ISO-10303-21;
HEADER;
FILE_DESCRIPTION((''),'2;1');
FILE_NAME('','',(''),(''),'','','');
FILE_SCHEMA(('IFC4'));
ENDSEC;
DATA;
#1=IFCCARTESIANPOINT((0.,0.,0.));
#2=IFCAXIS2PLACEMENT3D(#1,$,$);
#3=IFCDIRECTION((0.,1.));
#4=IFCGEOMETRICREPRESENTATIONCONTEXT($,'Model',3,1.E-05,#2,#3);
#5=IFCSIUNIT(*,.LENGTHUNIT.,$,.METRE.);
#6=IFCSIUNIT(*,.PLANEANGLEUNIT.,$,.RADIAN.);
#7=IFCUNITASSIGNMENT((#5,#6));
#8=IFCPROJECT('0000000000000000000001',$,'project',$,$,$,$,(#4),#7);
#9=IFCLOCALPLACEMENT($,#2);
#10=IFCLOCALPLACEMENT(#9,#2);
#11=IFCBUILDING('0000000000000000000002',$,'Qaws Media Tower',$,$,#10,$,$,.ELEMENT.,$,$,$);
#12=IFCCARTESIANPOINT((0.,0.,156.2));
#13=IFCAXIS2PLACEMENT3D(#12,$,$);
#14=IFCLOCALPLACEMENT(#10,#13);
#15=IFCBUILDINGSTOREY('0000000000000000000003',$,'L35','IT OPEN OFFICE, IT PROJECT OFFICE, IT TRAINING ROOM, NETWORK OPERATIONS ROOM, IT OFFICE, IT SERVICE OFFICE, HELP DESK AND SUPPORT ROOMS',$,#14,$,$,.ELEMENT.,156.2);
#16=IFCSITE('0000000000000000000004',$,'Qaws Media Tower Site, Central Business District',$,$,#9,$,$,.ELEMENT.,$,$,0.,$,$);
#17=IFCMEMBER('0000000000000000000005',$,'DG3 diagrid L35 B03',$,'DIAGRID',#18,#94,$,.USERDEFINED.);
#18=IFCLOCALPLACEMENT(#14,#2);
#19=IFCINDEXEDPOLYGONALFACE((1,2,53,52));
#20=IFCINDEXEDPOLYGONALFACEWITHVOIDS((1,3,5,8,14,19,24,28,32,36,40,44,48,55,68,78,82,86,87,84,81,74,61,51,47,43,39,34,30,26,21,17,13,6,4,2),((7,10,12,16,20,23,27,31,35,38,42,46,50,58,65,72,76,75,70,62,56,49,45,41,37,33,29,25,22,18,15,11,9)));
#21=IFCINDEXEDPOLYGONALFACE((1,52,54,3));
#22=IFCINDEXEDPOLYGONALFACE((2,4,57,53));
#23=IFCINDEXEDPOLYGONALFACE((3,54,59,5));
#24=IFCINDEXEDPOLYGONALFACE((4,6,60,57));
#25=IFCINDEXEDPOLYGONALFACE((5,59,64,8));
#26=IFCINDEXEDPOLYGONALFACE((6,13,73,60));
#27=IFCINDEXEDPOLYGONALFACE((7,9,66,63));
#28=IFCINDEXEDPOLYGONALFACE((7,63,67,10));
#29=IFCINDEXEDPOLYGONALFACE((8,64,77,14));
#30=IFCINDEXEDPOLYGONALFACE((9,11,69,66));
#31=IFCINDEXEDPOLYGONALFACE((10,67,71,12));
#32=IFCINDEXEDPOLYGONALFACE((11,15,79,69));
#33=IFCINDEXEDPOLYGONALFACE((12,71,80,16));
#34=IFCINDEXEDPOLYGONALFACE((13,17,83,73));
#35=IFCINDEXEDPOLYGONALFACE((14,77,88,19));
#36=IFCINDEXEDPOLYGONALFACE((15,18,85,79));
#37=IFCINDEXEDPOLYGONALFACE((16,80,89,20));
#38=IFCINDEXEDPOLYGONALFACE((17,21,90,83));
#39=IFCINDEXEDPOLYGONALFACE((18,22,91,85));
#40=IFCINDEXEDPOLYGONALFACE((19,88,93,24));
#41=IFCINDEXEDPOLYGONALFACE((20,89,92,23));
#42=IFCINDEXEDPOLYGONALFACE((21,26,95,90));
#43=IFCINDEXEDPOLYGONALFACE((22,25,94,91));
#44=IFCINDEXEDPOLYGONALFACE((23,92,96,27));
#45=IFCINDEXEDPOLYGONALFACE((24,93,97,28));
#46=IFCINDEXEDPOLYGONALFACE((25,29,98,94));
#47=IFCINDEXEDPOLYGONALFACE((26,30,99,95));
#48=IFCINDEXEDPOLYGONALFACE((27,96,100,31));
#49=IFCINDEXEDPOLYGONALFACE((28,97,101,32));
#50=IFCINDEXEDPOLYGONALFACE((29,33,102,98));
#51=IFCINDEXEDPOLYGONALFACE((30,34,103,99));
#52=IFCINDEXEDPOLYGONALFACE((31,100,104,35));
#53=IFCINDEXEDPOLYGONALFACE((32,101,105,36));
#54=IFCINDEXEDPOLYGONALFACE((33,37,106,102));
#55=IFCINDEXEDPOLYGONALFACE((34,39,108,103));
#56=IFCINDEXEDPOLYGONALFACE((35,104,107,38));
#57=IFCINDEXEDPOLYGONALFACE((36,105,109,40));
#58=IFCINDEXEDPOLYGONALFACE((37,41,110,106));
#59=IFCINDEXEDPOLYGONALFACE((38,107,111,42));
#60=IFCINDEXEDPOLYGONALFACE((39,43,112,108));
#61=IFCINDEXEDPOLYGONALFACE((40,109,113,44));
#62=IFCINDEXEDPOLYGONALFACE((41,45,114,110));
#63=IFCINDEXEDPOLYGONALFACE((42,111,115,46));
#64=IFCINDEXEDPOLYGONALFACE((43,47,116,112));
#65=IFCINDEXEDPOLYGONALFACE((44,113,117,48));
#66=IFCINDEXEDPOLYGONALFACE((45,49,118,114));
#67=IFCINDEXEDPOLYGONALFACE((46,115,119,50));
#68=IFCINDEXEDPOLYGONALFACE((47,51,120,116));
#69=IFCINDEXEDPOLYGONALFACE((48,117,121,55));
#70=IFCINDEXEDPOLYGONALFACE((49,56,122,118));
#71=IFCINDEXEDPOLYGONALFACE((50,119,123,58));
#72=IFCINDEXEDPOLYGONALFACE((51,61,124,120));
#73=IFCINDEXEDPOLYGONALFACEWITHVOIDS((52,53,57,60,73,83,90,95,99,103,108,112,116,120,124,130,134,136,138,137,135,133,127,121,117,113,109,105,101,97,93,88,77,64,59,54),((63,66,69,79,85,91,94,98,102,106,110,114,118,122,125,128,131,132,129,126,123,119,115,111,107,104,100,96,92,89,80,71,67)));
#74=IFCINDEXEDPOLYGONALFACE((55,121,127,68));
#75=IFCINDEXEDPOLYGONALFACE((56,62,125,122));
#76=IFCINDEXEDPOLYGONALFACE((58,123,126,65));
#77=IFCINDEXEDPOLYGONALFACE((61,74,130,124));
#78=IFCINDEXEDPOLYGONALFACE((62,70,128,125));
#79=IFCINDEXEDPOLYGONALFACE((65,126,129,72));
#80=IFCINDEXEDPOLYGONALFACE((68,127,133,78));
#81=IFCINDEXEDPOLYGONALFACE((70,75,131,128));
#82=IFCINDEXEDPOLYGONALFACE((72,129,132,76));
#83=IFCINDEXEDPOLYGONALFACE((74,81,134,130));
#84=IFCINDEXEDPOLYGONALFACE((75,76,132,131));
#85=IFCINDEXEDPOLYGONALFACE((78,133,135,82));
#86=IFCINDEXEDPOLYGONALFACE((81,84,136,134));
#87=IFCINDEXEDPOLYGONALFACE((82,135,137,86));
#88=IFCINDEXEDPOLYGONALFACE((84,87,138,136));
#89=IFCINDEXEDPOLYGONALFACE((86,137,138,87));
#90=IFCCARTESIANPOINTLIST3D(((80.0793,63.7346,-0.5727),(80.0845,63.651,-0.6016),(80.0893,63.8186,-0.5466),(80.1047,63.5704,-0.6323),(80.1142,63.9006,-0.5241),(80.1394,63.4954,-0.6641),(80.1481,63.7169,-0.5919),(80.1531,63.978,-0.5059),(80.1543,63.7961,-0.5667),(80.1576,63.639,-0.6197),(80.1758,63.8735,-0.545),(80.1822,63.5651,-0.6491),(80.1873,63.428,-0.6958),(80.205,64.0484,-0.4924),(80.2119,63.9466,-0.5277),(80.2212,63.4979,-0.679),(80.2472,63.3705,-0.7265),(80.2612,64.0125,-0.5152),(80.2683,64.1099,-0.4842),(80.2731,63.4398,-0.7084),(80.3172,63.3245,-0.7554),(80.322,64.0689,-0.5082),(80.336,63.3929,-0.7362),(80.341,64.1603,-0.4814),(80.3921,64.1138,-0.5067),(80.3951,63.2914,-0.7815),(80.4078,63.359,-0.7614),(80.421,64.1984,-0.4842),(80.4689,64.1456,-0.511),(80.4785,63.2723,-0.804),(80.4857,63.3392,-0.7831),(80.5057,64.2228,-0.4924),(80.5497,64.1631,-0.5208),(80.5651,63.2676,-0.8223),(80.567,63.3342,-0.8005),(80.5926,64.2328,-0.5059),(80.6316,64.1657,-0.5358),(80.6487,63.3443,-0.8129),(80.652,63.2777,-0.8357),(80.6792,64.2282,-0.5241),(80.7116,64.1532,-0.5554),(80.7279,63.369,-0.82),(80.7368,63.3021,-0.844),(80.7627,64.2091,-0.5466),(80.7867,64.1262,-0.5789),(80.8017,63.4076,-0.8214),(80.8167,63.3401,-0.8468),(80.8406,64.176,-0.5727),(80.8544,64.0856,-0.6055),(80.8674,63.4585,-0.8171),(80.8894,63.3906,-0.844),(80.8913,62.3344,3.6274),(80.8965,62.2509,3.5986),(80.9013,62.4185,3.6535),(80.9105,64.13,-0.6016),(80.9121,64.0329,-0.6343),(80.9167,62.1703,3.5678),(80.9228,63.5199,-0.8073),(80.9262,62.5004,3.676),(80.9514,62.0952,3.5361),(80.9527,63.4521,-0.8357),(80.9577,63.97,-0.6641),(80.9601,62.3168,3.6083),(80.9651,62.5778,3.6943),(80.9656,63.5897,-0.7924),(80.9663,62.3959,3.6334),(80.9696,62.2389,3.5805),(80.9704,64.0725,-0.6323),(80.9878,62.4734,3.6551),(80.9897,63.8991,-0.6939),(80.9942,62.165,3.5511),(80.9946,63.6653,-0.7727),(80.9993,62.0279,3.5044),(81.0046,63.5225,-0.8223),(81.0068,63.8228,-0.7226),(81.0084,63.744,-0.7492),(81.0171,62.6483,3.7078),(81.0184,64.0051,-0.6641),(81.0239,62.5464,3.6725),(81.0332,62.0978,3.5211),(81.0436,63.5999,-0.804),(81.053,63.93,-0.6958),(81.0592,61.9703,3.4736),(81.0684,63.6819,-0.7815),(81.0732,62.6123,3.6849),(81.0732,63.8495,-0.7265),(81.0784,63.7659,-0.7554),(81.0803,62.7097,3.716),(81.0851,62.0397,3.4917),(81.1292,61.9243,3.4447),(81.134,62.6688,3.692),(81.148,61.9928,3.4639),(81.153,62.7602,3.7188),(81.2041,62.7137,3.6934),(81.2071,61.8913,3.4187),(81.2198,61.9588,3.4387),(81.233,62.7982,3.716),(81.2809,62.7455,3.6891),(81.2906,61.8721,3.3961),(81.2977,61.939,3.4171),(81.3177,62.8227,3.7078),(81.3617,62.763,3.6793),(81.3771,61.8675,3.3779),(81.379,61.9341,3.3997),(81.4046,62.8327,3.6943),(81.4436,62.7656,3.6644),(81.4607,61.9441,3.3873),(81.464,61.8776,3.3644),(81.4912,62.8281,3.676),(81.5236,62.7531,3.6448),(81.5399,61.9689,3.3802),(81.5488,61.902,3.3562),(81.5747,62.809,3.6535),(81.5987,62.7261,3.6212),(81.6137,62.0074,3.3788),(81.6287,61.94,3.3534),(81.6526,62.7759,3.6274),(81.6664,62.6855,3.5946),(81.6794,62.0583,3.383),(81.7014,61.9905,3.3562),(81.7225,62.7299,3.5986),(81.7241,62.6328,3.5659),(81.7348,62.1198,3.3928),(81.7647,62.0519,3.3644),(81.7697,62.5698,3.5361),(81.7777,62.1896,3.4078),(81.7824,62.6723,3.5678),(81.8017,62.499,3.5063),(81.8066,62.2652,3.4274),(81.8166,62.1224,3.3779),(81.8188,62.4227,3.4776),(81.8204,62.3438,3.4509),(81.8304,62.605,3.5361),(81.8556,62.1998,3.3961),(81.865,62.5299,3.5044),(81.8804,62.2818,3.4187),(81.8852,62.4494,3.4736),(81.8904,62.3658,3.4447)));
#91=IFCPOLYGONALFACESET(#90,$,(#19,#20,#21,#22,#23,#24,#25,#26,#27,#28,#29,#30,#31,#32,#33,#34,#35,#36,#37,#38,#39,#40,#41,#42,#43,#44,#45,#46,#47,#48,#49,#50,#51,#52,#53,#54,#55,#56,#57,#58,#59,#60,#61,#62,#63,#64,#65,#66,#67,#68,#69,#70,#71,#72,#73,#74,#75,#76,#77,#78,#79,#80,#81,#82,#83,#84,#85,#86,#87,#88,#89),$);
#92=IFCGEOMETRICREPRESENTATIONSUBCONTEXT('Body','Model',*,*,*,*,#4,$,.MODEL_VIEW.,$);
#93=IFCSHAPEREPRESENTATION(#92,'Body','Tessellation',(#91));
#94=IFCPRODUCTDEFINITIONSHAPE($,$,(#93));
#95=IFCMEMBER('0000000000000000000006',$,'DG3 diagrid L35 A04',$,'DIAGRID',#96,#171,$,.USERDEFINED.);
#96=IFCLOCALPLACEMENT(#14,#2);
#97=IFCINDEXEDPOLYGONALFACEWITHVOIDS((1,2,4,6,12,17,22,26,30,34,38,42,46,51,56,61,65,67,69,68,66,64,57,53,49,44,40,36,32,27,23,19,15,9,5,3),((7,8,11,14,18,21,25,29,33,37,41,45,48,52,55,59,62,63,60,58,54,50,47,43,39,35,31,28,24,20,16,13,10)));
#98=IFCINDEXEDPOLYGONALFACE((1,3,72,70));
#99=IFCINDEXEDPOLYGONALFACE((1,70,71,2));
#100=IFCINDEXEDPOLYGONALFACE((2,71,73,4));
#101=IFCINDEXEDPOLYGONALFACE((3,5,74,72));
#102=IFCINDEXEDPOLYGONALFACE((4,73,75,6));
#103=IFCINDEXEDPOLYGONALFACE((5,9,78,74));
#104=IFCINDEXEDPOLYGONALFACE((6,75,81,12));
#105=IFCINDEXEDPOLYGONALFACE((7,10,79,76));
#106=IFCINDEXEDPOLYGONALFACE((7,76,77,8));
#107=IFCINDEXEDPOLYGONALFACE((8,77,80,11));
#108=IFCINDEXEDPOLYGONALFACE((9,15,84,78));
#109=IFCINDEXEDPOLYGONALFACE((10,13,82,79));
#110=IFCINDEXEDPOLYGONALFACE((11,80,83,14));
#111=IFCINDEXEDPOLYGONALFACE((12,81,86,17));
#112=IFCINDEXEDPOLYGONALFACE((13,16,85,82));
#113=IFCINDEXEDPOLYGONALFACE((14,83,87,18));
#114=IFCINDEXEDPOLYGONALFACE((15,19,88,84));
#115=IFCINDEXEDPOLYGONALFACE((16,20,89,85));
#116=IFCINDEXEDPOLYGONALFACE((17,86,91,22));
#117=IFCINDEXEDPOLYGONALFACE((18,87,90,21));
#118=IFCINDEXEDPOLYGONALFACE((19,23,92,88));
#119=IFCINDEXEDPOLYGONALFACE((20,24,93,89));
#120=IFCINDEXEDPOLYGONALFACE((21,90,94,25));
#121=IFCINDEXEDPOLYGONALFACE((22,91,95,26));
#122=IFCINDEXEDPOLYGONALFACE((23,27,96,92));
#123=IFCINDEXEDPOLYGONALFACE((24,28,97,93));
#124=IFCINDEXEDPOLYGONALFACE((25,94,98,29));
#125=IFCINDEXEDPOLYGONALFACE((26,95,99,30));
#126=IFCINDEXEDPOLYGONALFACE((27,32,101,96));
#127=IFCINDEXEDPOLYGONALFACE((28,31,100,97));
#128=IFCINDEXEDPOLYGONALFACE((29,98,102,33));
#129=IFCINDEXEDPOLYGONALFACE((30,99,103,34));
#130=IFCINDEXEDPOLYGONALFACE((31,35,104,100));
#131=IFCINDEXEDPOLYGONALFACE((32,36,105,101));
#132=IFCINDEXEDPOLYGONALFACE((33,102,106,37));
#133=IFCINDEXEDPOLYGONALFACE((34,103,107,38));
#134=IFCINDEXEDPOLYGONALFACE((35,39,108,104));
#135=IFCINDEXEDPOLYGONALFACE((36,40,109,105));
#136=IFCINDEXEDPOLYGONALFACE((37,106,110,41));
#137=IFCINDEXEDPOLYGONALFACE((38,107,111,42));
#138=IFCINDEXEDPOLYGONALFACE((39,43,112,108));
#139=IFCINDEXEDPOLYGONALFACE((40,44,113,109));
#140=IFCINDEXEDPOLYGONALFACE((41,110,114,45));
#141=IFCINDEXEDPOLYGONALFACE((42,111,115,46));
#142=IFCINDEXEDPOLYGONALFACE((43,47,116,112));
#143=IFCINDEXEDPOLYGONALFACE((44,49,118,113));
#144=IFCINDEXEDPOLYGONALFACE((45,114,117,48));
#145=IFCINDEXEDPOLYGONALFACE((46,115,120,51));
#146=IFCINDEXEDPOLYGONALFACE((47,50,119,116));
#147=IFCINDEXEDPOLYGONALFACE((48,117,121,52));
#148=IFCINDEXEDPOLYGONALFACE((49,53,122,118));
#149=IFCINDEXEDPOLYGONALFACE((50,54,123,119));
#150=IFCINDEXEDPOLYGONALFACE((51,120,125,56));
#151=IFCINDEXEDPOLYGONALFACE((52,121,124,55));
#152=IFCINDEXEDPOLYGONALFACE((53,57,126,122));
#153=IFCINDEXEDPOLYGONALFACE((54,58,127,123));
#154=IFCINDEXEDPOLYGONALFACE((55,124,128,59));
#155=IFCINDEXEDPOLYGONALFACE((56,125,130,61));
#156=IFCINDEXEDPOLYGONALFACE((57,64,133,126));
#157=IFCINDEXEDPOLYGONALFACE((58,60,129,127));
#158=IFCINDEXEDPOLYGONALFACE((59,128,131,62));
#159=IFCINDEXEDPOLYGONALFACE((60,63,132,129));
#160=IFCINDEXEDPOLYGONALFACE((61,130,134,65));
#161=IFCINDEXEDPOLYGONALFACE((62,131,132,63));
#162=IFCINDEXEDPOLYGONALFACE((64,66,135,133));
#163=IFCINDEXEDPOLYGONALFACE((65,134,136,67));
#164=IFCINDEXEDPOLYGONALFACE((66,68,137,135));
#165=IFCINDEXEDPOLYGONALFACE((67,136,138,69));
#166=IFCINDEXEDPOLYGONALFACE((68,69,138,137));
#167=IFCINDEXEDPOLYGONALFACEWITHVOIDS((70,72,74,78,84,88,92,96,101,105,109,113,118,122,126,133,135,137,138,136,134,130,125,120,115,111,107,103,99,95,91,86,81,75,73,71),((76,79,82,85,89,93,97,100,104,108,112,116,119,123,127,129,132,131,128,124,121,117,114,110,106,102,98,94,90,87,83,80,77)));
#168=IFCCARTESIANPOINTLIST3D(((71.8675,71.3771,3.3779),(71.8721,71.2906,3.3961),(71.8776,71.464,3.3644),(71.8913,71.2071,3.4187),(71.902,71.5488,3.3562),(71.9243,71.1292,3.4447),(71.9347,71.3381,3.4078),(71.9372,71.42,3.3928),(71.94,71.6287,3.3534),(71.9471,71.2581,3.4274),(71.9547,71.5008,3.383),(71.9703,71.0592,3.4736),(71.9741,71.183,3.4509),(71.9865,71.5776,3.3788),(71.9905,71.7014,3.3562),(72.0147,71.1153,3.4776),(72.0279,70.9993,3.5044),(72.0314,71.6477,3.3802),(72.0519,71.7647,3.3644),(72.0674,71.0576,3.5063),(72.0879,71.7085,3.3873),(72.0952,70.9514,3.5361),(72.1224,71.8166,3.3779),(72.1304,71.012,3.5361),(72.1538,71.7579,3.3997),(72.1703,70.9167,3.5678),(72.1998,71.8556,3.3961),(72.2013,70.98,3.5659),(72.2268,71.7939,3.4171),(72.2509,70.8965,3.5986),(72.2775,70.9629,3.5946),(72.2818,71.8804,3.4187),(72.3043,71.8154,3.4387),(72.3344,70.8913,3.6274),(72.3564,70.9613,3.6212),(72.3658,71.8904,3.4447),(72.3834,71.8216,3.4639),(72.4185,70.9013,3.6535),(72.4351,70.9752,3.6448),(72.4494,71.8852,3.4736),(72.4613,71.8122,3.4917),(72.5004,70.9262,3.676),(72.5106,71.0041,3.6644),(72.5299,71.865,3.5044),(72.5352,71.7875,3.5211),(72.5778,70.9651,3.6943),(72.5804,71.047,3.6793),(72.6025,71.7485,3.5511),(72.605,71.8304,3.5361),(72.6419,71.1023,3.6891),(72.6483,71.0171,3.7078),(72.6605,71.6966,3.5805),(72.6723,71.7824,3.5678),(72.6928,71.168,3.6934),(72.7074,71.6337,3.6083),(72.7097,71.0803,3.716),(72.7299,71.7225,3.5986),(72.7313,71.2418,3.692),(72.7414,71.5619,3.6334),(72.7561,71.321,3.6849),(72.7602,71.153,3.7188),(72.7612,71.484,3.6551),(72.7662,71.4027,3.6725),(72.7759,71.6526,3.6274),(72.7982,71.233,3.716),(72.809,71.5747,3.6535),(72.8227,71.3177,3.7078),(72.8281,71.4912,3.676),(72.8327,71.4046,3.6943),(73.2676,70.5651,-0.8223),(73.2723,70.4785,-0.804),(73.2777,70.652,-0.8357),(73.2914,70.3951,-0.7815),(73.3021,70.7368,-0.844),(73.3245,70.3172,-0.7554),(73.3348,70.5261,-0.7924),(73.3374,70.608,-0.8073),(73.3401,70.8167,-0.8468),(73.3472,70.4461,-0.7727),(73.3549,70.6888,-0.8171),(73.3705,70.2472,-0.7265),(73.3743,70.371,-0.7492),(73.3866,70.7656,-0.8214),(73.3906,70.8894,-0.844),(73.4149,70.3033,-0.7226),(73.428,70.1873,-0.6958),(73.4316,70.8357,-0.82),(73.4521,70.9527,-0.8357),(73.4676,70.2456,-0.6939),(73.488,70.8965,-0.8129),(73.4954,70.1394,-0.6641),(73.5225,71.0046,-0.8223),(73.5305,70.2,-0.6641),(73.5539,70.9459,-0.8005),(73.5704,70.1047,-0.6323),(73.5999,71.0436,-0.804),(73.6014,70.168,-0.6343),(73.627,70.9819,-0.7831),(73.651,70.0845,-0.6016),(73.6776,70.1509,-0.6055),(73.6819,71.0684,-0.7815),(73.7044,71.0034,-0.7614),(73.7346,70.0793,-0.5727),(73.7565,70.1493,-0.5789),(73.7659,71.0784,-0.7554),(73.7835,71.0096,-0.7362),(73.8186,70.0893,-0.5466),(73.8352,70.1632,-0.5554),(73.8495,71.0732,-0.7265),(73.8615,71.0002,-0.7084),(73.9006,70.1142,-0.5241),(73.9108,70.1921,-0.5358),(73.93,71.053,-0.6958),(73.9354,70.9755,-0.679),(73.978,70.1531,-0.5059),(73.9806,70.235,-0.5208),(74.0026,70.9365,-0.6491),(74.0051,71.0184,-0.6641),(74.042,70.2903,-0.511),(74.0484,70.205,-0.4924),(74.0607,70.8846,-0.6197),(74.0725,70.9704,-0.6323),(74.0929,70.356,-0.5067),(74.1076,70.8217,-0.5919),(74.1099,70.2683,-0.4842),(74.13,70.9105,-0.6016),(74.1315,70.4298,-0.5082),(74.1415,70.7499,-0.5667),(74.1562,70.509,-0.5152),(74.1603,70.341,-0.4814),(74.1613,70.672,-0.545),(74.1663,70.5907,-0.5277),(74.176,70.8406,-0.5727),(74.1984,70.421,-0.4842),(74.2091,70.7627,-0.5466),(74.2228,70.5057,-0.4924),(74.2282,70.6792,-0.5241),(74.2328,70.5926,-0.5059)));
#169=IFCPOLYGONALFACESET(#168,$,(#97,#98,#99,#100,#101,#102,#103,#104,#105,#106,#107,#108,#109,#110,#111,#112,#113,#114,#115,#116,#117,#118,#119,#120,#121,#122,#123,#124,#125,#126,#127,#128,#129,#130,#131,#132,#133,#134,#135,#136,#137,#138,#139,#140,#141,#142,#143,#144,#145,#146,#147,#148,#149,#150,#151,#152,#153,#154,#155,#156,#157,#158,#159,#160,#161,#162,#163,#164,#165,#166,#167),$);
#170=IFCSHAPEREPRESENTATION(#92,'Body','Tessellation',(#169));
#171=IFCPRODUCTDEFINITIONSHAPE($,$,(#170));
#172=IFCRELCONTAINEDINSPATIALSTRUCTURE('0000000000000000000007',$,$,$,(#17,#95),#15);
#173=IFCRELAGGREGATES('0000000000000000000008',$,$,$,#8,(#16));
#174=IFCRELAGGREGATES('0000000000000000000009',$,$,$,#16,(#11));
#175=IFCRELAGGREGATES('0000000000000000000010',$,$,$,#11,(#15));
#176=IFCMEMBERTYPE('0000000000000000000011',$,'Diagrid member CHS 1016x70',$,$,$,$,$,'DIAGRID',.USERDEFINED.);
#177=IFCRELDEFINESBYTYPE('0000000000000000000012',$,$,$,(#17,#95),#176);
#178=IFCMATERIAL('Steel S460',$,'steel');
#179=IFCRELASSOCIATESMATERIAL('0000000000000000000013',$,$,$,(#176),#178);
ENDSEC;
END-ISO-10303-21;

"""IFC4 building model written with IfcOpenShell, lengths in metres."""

from ifc_helpers import new_model, si_unit, direction, frame, origin, origin_2d, place, context, subcontext, project, spatial, hollow_circle, extrude, material, material_profile, profile_set, type_object, element, save


model = new_model("IFC4")

# Units and contexts
model_context = context("Model", 3, precision=1e-05, world=origin(), true_north=direction((0.0, 1.0)))
body_context = subcontext(model_context, "Body", "Model", "MODEL_VIEW")
ifc_project = project(units=[si_unit("LENGTHUNIT", "METRE"), si_unit("PLANEANGLEUNIT", "RADIAN")], contexts=[model_context])

# Site, building, storey
site_placement = place(None, origin())
site = spatial("IfcSite", under=ifc_project, at=site_placement, Name="Qaws Media Tower Site, Central Business District", CompositionType="ELEMENT", RefElevation=0.0)
building_placement = place(site_placement, origin())
building = spatial("IfcBuilding", under=site, at=building_placement, Name="Qaws Media Tower", CompositionType="ELEMENT")
storey_placement = place(building_placement, frame((0.0, 0.0, 156.2)))
storey = spatial("IfcBuildingStorey", under=building, at=storey_placement, Name="L35", Description="IT OPEN OFFICE, IT PROJECT OFFICE, IT TRAINING ROOM, NETWORK OPERATIONS ROOM, IT OFFICE, IT SERVICE OFFICE, HELP DESK AND SUPPORT ROOMS", CompositionType="ELEMENT", Elevation=156.2)

# Members
ifc_material_1 = material(Name="Steel S460", Category="steel")
ifc_material_profile_1 = material_profile(ifc_material_1, hollow_circle(Radius=0.5081, WallThickness=0.0701, at=origin_2d()), Name="CHS 1016x70")
ifc_profile_set_1 = profile_set([ifc_material_profile_1], Name="Steel S460")
member_type_1 = type_object("IfcMemberType", Name="Diagrid member CHS 1016x70", ElementType="DIAGRID", PredefinedType="USERDEFINED", material=ifc_profile_set_1)
for number, where, z_axis, x_axis, name in (
    (1, (80.5789, 63.7502, -0.6641), (0.180396, -0.311056, 0.933114), (0.865051, 0.501684, 0.0), "DG3 diagrid L35 B03"),
    (2, (73.7502, 70.5789, -0.6641), (-0.311056, 0.180396, 0.933114), (-0.501684, -0.865051, 0.0), "DG3 diagrid L35 A04"),
):
    element("IfcMember", number, at=place(storey_placement, frame(where, z_axis=z_axis, x_axis=x_axis)), inside=storey, type_object=member_type_1, Name=name, ObjectType="DIAGRID", PredefinedType="USERDEFINED", context=body_context, shape_type="SweptSolid", body=[
        extrude(hollow_circle(Radius=0.5081, WallThickness=0.0701, at=origin_2d()), origin(), (0.0, 0.0, 1.0), 4.5012),
    ])

save(model, "model.ifc")
